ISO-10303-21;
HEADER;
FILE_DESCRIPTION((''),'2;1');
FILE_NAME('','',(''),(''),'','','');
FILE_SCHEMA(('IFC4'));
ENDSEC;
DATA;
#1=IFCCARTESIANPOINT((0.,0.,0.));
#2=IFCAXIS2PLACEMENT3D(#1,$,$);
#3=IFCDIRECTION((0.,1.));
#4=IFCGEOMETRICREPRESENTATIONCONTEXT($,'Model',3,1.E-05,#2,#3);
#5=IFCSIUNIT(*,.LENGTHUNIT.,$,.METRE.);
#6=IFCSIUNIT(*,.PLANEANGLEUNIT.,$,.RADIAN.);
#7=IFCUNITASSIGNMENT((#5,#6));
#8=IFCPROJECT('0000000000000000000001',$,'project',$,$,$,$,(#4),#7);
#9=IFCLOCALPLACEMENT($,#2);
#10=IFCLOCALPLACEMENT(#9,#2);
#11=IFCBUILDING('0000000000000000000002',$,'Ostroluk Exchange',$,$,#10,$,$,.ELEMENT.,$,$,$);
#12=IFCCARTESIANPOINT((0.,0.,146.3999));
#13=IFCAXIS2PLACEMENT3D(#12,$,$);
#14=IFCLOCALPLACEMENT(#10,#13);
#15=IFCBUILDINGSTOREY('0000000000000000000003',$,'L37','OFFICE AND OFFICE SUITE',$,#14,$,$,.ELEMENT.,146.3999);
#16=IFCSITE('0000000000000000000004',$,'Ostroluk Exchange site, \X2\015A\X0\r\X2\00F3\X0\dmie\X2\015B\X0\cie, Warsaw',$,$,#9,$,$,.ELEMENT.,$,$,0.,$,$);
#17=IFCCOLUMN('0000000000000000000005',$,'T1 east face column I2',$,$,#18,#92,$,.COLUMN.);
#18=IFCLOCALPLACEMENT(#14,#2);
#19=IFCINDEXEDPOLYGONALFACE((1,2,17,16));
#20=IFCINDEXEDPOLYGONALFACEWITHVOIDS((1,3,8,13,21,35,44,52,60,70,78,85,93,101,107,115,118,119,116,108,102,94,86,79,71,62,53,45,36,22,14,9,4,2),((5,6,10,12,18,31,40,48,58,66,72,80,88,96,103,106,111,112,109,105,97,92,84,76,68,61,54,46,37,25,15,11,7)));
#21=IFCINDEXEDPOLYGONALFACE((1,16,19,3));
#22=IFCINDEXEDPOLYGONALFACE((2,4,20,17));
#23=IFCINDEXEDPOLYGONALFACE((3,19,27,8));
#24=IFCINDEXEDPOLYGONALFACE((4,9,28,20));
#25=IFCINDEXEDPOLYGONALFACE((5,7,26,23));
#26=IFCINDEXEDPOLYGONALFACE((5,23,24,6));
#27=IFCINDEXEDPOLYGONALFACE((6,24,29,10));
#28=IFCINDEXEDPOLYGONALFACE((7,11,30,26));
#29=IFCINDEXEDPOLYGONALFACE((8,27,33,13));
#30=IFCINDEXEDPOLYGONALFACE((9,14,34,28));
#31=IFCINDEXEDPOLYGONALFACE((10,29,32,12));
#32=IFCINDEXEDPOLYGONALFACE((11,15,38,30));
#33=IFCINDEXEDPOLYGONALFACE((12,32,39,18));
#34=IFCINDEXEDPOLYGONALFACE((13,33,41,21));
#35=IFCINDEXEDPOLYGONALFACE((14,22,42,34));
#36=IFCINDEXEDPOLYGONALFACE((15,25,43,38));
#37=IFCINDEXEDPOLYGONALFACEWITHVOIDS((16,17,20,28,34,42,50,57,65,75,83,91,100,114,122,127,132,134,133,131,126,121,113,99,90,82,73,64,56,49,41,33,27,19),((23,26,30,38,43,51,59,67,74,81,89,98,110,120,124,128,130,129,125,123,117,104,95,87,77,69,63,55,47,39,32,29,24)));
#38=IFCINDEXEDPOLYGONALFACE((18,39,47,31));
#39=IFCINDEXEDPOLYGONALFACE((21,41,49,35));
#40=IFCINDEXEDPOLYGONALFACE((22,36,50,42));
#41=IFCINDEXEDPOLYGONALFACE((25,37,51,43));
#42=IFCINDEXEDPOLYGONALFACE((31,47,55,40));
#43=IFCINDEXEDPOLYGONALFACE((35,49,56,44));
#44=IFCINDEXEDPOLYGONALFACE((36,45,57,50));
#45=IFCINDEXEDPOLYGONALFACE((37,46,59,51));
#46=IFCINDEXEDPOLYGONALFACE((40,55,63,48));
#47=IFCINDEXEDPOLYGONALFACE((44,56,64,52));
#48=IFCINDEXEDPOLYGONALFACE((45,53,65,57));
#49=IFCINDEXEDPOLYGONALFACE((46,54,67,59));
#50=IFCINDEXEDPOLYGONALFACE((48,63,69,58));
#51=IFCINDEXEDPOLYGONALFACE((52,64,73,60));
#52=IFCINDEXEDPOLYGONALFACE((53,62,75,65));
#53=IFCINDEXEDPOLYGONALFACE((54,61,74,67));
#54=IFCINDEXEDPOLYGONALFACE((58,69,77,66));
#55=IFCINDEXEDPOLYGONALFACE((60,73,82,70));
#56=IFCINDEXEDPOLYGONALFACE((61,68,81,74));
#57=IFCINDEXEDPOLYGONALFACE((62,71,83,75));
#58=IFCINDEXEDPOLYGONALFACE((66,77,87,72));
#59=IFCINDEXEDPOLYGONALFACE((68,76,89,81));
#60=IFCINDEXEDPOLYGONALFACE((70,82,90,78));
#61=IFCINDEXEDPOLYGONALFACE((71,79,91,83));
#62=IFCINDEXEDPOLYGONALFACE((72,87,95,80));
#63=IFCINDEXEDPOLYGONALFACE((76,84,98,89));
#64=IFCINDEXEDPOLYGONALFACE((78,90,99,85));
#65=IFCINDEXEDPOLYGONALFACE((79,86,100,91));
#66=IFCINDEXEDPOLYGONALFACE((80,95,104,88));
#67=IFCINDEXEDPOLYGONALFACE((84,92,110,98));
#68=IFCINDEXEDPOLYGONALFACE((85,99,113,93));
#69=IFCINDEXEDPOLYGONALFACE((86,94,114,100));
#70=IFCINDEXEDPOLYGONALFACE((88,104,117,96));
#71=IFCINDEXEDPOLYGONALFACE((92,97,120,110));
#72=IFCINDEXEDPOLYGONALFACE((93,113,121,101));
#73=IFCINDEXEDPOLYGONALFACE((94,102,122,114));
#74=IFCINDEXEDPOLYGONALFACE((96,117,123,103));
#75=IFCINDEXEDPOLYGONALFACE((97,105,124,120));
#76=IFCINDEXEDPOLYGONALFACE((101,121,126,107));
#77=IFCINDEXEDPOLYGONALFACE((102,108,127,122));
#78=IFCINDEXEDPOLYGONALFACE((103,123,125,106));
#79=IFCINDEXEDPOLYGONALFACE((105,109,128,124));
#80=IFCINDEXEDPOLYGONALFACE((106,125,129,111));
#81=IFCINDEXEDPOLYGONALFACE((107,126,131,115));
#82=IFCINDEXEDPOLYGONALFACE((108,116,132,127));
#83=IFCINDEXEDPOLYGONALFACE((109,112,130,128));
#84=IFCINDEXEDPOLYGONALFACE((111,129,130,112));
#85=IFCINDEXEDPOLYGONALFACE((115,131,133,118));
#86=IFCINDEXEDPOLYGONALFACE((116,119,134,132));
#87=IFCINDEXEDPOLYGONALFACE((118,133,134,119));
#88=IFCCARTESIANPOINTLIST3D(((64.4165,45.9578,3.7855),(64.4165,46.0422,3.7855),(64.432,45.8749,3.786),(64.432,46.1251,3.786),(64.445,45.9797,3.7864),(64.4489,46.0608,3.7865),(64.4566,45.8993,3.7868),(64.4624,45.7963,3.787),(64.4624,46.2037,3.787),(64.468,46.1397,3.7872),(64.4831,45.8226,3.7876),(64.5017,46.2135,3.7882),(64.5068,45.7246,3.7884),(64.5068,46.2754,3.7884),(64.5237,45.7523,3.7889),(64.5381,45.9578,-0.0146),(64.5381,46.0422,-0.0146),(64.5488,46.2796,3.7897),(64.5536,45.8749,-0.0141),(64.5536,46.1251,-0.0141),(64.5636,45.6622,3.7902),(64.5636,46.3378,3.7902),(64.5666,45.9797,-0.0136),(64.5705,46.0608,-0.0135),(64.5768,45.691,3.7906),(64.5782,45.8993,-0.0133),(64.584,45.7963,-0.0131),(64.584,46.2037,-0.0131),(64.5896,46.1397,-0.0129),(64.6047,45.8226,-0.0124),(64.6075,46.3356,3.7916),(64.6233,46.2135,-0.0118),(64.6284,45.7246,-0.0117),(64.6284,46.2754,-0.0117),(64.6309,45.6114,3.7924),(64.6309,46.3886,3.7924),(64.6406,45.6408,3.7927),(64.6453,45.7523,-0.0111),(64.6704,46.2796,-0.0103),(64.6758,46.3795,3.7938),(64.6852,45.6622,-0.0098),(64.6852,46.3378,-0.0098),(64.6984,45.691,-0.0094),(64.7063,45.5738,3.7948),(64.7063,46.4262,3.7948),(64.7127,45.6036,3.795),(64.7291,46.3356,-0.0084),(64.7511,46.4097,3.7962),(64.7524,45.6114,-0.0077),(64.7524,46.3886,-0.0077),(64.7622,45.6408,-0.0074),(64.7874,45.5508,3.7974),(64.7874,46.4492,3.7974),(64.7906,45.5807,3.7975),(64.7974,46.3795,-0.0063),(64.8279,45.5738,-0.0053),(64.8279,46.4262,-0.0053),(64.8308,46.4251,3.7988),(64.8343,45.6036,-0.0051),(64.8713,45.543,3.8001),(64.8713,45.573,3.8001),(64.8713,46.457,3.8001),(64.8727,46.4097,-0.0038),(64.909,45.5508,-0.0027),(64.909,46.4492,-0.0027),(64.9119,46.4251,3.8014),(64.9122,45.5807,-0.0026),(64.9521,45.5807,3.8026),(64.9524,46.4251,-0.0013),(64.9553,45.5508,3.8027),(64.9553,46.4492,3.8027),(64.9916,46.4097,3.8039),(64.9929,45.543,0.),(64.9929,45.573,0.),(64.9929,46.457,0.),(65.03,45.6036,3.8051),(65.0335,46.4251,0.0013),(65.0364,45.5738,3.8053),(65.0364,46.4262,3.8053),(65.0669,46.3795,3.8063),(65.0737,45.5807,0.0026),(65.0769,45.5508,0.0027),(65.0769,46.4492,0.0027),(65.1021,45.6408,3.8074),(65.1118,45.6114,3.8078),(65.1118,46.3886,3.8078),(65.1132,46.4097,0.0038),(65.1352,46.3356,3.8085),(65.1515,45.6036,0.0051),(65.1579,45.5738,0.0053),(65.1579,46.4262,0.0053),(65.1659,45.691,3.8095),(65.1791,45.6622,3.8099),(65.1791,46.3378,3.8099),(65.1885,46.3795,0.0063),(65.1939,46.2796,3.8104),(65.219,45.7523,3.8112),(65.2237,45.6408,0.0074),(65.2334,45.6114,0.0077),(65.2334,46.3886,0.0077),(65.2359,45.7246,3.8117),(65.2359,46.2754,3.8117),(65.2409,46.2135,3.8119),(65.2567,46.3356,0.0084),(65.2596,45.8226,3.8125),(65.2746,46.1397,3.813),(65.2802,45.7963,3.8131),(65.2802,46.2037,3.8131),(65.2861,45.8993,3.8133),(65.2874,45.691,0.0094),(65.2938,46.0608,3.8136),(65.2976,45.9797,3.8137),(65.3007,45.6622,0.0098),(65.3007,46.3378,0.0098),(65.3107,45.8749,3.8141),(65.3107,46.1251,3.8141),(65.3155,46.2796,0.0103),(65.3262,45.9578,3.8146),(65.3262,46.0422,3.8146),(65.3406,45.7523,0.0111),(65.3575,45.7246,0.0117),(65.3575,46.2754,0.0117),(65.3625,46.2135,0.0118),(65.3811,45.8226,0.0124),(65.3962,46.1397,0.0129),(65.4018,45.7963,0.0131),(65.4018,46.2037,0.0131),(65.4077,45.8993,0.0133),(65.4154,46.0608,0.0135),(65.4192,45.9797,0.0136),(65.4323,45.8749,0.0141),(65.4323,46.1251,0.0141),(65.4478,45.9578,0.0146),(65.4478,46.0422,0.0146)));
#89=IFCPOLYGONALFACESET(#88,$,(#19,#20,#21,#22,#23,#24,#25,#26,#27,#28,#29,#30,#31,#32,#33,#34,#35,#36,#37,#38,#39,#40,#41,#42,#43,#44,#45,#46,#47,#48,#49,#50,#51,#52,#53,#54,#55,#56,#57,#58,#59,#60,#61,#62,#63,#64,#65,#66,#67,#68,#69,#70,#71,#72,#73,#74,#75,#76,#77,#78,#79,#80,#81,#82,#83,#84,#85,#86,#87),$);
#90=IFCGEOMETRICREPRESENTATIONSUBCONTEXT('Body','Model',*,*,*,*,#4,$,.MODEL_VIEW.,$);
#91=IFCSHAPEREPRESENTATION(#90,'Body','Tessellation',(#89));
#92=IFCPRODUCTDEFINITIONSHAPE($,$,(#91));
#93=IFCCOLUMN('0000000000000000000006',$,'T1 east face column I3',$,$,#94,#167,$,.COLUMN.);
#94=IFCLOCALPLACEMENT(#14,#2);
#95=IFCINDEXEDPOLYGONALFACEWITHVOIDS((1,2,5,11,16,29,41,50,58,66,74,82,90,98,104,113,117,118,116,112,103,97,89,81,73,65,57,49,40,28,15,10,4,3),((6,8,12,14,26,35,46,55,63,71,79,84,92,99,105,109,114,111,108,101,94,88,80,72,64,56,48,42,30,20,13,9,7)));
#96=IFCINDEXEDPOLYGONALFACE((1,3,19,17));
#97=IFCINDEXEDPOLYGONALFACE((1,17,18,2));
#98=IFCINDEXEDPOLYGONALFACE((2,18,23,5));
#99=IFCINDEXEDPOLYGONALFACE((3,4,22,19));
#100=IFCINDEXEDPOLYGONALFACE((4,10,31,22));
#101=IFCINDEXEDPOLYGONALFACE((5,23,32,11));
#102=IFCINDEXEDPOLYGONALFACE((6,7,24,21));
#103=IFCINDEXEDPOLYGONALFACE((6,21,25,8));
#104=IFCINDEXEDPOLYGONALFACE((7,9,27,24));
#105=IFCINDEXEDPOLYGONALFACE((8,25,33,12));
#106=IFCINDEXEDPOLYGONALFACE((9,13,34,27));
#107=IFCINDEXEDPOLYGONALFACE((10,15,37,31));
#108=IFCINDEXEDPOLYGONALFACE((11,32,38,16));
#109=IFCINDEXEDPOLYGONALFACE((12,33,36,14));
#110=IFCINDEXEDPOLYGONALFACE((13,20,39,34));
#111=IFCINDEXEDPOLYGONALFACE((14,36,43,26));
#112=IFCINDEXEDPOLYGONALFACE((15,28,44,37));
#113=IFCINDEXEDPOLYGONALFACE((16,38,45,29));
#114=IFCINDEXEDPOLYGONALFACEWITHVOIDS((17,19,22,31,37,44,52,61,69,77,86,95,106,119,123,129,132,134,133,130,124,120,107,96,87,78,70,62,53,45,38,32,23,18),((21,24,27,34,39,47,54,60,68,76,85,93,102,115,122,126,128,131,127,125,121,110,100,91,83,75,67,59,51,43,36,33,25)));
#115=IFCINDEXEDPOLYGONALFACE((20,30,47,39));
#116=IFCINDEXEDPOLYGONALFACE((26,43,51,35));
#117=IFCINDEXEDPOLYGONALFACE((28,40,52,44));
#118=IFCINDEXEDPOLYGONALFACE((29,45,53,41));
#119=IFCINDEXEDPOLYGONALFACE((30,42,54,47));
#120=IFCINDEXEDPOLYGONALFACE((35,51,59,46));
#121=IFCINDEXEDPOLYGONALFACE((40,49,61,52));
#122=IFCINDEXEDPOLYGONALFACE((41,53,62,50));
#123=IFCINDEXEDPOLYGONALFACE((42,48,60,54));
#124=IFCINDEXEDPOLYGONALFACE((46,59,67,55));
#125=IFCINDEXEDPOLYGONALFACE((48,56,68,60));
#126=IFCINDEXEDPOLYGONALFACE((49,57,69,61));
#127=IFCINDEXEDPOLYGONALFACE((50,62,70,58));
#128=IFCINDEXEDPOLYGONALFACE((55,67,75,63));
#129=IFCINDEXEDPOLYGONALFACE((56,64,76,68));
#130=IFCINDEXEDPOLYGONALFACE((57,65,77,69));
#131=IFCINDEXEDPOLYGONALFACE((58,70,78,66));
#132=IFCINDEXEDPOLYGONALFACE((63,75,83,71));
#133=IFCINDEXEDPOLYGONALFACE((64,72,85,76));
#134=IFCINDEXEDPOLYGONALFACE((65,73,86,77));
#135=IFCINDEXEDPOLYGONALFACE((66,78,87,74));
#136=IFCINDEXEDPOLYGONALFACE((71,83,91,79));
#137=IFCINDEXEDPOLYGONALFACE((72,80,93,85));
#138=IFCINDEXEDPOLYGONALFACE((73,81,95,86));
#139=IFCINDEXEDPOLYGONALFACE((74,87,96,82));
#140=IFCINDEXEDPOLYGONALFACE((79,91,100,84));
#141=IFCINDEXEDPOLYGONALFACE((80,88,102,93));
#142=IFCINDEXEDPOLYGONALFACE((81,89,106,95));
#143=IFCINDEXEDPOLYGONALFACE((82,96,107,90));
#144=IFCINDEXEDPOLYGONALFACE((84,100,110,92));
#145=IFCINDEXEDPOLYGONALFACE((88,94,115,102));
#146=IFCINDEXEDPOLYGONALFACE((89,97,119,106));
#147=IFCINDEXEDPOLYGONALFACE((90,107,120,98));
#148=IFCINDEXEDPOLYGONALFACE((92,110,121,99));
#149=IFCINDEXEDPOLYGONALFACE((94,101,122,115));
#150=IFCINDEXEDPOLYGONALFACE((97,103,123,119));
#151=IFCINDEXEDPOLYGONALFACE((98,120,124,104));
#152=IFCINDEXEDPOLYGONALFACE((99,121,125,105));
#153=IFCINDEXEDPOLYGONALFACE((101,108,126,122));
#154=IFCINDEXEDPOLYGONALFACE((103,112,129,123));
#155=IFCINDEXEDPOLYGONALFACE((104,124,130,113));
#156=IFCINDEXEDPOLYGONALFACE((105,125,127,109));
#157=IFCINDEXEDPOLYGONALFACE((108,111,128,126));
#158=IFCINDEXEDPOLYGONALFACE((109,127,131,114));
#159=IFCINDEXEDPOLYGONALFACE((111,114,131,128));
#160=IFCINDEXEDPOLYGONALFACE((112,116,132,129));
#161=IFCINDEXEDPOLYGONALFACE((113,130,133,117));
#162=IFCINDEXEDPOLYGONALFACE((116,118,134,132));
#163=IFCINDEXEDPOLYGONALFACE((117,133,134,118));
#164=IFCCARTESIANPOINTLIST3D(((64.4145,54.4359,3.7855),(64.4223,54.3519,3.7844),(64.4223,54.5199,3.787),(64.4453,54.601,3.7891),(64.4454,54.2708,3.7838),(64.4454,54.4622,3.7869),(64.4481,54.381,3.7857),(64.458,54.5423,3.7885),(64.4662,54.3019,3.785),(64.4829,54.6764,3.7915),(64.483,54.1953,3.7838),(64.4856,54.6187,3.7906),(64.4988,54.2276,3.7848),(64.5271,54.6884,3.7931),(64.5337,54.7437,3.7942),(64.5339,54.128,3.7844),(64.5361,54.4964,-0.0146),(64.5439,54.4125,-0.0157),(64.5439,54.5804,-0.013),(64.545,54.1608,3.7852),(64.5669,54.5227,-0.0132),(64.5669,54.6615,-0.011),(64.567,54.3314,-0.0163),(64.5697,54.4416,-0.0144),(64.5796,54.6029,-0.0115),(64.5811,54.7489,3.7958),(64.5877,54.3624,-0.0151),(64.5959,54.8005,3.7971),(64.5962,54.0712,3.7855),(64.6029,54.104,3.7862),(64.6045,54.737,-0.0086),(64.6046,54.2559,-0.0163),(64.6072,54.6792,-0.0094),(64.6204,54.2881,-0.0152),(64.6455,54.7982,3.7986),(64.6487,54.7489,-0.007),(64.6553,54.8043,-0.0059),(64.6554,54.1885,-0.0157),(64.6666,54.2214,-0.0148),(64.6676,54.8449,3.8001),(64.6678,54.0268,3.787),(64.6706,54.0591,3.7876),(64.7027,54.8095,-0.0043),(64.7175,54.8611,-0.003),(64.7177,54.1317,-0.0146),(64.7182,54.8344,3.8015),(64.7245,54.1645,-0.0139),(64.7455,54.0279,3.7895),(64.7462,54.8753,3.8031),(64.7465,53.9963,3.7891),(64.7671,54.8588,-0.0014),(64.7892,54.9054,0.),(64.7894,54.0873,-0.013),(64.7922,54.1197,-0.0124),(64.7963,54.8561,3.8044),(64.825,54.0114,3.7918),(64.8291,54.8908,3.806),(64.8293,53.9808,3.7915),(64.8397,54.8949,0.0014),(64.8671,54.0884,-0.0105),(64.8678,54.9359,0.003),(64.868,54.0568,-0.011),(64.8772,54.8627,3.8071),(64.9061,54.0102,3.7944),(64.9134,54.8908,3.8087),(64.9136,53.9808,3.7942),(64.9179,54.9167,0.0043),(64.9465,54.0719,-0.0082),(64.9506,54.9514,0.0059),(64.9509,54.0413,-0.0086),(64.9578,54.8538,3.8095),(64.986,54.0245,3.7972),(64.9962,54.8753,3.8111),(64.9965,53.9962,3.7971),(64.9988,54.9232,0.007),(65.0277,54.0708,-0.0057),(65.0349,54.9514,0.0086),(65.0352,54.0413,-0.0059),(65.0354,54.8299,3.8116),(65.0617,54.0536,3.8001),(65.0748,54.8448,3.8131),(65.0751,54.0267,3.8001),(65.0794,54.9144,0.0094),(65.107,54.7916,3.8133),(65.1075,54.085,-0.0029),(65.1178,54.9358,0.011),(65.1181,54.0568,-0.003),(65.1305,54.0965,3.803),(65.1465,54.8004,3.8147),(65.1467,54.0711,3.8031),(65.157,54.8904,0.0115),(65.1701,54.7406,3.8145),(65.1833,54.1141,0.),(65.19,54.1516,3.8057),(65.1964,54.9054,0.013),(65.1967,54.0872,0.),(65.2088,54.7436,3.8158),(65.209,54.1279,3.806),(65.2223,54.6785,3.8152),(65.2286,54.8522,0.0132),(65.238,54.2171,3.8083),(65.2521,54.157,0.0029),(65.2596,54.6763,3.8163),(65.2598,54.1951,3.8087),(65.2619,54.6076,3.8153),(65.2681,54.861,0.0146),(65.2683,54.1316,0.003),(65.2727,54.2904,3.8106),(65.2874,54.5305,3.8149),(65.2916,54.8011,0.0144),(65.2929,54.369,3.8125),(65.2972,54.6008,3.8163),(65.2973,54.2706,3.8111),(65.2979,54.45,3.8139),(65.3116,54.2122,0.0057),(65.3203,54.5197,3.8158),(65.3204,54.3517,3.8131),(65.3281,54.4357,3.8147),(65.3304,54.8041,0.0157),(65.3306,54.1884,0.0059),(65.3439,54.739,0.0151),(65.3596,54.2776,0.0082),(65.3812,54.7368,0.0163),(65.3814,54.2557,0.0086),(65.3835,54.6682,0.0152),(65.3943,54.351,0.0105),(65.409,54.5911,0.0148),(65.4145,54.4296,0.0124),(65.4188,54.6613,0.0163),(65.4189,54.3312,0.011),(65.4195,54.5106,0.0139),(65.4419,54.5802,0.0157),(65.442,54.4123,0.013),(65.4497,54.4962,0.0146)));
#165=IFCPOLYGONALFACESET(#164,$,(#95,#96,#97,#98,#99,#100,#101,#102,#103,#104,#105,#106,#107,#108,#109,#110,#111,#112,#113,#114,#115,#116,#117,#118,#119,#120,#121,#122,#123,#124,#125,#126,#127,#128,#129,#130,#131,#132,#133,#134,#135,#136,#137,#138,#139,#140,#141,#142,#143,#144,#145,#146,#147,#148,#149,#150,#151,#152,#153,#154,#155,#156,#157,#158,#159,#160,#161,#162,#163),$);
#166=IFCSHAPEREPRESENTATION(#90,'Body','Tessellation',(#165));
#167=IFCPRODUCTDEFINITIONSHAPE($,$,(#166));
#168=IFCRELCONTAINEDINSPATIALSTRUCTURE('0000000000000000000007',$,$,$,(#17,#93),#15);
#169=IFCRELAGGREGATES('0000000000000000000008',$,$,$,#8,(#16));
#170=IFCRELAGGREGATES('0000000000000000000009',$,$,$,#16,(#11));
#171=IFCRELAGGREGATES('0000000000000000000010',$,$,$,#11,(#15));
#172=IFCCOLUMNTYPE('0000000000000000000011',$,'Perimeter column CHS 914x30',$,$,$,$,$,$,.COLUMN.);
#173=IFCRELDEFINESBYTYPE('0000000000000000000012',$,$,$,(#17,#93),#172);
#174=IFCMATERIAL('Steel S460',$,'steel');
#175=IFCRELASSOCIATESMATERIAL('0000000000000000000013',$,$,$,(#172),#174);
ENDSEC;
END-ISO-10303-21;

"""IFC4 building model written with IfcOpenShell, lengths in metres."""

from ifc_helpers import new_model, si_unit, direction, frame, origin, origin_2d, place, context, subcontext, project, spatial, hollow_circle, extrude, material, material_profile, profile_set, type_object, element, save


model = new_model("IFC4")

# Units and contexts
model_context = context("Model", 3, precision=1e-05, world=origin(), true_north=direction((0.0, 1.0)))
body_context = subcontext(model_context, "Body", "Model", "MODEL_VIEW")
ifc_project = project(units=[si_unit("LENGTHUNIT", "METRE"), si_unit("PLANEANGLEUNIT", "RADIAN")], contexts=[model_context])

# Site, building, storey
site_placement = place(None, origin())
site = spatial("IfcSite", under=ifc_project, at=site_placement, Name="Ostroluk Exchange site, Śródmieście, Warsaw", CompositionType="ELEMENT", RefElevation=0.0)
building_placement = place(site_placement, origin())
building = spatial("IfcBuilding", under=site, at=building_placement, Name="Ostroluk Exchange", CompositionType="ELEMENT")
storey_placement = place(building_placement, frame((0.0, 0.0, 146.3999)))
storey = spatial("IfcBuildingStorey", under=building, at=storey_placement, Name="L37", Description="OFFICE AND OFFICE SUITE", CompositionType="ELEMENT", Elevation=146.3999)

# Columns
ifc_material_1 = material(Name="Steel S460", Category="steel")
ifc_material_profile_1 = material_profile(ifc_material_1, hollow_circle(Radius=0.457, WallThickness=0.03, at=origin_2d()), Name="CHS 914x30")
ifc_profile_set_1 = profile_set([ifc_material_profile_1], Name="Steel S460")
column_type = type_object("IfcColumnType", Name="Perimeter column CHS 914x30", PredefinedType="COLUMN", material=ifc_profile_set_1)
column_1_placement = place(storey_placement, frame((64.9929, 46.0, 0.0), z_axis=(-0.031978, 0.0, 0.999489), x_axis=(0.0, -1.0, 0.0)))
element("IfcColumn", 1, at=column_1_placement, inside=storey, type_object=column_type, Name="T1 east face column I2", PredefinedType="COLUMN", context=body_context, shape_type="SweptSolid", body=[
    extrude(hollow_circle(Radius=0.457, WallThickness=0.03, at=origin_2d()), origin(), (0.0, 0.0, 1.0), 3.802),
])
column_2_placement = place(storey_placement, frame((64.9929, 54.4963, 0.0), z_axis=(-0.031974, -0.015923, 0.999362), x_axis=(0.445775, -0.895145, 0.0)))
element("IfcColumn", 2, at=column_2_placement, inside=storey, type_object=column_type, Name="T1 east face column I3", PredefinedType="COLUMN", context=body_context, shape_type="SweptSolid", body=[
    extrude(hollow_circle(Radius=0.457, WallThickness=0.03, at=origin_2d()), origin(), (0.0, 0.0, 1.0), 3.8025),
])

save(model, "model.ifc")
